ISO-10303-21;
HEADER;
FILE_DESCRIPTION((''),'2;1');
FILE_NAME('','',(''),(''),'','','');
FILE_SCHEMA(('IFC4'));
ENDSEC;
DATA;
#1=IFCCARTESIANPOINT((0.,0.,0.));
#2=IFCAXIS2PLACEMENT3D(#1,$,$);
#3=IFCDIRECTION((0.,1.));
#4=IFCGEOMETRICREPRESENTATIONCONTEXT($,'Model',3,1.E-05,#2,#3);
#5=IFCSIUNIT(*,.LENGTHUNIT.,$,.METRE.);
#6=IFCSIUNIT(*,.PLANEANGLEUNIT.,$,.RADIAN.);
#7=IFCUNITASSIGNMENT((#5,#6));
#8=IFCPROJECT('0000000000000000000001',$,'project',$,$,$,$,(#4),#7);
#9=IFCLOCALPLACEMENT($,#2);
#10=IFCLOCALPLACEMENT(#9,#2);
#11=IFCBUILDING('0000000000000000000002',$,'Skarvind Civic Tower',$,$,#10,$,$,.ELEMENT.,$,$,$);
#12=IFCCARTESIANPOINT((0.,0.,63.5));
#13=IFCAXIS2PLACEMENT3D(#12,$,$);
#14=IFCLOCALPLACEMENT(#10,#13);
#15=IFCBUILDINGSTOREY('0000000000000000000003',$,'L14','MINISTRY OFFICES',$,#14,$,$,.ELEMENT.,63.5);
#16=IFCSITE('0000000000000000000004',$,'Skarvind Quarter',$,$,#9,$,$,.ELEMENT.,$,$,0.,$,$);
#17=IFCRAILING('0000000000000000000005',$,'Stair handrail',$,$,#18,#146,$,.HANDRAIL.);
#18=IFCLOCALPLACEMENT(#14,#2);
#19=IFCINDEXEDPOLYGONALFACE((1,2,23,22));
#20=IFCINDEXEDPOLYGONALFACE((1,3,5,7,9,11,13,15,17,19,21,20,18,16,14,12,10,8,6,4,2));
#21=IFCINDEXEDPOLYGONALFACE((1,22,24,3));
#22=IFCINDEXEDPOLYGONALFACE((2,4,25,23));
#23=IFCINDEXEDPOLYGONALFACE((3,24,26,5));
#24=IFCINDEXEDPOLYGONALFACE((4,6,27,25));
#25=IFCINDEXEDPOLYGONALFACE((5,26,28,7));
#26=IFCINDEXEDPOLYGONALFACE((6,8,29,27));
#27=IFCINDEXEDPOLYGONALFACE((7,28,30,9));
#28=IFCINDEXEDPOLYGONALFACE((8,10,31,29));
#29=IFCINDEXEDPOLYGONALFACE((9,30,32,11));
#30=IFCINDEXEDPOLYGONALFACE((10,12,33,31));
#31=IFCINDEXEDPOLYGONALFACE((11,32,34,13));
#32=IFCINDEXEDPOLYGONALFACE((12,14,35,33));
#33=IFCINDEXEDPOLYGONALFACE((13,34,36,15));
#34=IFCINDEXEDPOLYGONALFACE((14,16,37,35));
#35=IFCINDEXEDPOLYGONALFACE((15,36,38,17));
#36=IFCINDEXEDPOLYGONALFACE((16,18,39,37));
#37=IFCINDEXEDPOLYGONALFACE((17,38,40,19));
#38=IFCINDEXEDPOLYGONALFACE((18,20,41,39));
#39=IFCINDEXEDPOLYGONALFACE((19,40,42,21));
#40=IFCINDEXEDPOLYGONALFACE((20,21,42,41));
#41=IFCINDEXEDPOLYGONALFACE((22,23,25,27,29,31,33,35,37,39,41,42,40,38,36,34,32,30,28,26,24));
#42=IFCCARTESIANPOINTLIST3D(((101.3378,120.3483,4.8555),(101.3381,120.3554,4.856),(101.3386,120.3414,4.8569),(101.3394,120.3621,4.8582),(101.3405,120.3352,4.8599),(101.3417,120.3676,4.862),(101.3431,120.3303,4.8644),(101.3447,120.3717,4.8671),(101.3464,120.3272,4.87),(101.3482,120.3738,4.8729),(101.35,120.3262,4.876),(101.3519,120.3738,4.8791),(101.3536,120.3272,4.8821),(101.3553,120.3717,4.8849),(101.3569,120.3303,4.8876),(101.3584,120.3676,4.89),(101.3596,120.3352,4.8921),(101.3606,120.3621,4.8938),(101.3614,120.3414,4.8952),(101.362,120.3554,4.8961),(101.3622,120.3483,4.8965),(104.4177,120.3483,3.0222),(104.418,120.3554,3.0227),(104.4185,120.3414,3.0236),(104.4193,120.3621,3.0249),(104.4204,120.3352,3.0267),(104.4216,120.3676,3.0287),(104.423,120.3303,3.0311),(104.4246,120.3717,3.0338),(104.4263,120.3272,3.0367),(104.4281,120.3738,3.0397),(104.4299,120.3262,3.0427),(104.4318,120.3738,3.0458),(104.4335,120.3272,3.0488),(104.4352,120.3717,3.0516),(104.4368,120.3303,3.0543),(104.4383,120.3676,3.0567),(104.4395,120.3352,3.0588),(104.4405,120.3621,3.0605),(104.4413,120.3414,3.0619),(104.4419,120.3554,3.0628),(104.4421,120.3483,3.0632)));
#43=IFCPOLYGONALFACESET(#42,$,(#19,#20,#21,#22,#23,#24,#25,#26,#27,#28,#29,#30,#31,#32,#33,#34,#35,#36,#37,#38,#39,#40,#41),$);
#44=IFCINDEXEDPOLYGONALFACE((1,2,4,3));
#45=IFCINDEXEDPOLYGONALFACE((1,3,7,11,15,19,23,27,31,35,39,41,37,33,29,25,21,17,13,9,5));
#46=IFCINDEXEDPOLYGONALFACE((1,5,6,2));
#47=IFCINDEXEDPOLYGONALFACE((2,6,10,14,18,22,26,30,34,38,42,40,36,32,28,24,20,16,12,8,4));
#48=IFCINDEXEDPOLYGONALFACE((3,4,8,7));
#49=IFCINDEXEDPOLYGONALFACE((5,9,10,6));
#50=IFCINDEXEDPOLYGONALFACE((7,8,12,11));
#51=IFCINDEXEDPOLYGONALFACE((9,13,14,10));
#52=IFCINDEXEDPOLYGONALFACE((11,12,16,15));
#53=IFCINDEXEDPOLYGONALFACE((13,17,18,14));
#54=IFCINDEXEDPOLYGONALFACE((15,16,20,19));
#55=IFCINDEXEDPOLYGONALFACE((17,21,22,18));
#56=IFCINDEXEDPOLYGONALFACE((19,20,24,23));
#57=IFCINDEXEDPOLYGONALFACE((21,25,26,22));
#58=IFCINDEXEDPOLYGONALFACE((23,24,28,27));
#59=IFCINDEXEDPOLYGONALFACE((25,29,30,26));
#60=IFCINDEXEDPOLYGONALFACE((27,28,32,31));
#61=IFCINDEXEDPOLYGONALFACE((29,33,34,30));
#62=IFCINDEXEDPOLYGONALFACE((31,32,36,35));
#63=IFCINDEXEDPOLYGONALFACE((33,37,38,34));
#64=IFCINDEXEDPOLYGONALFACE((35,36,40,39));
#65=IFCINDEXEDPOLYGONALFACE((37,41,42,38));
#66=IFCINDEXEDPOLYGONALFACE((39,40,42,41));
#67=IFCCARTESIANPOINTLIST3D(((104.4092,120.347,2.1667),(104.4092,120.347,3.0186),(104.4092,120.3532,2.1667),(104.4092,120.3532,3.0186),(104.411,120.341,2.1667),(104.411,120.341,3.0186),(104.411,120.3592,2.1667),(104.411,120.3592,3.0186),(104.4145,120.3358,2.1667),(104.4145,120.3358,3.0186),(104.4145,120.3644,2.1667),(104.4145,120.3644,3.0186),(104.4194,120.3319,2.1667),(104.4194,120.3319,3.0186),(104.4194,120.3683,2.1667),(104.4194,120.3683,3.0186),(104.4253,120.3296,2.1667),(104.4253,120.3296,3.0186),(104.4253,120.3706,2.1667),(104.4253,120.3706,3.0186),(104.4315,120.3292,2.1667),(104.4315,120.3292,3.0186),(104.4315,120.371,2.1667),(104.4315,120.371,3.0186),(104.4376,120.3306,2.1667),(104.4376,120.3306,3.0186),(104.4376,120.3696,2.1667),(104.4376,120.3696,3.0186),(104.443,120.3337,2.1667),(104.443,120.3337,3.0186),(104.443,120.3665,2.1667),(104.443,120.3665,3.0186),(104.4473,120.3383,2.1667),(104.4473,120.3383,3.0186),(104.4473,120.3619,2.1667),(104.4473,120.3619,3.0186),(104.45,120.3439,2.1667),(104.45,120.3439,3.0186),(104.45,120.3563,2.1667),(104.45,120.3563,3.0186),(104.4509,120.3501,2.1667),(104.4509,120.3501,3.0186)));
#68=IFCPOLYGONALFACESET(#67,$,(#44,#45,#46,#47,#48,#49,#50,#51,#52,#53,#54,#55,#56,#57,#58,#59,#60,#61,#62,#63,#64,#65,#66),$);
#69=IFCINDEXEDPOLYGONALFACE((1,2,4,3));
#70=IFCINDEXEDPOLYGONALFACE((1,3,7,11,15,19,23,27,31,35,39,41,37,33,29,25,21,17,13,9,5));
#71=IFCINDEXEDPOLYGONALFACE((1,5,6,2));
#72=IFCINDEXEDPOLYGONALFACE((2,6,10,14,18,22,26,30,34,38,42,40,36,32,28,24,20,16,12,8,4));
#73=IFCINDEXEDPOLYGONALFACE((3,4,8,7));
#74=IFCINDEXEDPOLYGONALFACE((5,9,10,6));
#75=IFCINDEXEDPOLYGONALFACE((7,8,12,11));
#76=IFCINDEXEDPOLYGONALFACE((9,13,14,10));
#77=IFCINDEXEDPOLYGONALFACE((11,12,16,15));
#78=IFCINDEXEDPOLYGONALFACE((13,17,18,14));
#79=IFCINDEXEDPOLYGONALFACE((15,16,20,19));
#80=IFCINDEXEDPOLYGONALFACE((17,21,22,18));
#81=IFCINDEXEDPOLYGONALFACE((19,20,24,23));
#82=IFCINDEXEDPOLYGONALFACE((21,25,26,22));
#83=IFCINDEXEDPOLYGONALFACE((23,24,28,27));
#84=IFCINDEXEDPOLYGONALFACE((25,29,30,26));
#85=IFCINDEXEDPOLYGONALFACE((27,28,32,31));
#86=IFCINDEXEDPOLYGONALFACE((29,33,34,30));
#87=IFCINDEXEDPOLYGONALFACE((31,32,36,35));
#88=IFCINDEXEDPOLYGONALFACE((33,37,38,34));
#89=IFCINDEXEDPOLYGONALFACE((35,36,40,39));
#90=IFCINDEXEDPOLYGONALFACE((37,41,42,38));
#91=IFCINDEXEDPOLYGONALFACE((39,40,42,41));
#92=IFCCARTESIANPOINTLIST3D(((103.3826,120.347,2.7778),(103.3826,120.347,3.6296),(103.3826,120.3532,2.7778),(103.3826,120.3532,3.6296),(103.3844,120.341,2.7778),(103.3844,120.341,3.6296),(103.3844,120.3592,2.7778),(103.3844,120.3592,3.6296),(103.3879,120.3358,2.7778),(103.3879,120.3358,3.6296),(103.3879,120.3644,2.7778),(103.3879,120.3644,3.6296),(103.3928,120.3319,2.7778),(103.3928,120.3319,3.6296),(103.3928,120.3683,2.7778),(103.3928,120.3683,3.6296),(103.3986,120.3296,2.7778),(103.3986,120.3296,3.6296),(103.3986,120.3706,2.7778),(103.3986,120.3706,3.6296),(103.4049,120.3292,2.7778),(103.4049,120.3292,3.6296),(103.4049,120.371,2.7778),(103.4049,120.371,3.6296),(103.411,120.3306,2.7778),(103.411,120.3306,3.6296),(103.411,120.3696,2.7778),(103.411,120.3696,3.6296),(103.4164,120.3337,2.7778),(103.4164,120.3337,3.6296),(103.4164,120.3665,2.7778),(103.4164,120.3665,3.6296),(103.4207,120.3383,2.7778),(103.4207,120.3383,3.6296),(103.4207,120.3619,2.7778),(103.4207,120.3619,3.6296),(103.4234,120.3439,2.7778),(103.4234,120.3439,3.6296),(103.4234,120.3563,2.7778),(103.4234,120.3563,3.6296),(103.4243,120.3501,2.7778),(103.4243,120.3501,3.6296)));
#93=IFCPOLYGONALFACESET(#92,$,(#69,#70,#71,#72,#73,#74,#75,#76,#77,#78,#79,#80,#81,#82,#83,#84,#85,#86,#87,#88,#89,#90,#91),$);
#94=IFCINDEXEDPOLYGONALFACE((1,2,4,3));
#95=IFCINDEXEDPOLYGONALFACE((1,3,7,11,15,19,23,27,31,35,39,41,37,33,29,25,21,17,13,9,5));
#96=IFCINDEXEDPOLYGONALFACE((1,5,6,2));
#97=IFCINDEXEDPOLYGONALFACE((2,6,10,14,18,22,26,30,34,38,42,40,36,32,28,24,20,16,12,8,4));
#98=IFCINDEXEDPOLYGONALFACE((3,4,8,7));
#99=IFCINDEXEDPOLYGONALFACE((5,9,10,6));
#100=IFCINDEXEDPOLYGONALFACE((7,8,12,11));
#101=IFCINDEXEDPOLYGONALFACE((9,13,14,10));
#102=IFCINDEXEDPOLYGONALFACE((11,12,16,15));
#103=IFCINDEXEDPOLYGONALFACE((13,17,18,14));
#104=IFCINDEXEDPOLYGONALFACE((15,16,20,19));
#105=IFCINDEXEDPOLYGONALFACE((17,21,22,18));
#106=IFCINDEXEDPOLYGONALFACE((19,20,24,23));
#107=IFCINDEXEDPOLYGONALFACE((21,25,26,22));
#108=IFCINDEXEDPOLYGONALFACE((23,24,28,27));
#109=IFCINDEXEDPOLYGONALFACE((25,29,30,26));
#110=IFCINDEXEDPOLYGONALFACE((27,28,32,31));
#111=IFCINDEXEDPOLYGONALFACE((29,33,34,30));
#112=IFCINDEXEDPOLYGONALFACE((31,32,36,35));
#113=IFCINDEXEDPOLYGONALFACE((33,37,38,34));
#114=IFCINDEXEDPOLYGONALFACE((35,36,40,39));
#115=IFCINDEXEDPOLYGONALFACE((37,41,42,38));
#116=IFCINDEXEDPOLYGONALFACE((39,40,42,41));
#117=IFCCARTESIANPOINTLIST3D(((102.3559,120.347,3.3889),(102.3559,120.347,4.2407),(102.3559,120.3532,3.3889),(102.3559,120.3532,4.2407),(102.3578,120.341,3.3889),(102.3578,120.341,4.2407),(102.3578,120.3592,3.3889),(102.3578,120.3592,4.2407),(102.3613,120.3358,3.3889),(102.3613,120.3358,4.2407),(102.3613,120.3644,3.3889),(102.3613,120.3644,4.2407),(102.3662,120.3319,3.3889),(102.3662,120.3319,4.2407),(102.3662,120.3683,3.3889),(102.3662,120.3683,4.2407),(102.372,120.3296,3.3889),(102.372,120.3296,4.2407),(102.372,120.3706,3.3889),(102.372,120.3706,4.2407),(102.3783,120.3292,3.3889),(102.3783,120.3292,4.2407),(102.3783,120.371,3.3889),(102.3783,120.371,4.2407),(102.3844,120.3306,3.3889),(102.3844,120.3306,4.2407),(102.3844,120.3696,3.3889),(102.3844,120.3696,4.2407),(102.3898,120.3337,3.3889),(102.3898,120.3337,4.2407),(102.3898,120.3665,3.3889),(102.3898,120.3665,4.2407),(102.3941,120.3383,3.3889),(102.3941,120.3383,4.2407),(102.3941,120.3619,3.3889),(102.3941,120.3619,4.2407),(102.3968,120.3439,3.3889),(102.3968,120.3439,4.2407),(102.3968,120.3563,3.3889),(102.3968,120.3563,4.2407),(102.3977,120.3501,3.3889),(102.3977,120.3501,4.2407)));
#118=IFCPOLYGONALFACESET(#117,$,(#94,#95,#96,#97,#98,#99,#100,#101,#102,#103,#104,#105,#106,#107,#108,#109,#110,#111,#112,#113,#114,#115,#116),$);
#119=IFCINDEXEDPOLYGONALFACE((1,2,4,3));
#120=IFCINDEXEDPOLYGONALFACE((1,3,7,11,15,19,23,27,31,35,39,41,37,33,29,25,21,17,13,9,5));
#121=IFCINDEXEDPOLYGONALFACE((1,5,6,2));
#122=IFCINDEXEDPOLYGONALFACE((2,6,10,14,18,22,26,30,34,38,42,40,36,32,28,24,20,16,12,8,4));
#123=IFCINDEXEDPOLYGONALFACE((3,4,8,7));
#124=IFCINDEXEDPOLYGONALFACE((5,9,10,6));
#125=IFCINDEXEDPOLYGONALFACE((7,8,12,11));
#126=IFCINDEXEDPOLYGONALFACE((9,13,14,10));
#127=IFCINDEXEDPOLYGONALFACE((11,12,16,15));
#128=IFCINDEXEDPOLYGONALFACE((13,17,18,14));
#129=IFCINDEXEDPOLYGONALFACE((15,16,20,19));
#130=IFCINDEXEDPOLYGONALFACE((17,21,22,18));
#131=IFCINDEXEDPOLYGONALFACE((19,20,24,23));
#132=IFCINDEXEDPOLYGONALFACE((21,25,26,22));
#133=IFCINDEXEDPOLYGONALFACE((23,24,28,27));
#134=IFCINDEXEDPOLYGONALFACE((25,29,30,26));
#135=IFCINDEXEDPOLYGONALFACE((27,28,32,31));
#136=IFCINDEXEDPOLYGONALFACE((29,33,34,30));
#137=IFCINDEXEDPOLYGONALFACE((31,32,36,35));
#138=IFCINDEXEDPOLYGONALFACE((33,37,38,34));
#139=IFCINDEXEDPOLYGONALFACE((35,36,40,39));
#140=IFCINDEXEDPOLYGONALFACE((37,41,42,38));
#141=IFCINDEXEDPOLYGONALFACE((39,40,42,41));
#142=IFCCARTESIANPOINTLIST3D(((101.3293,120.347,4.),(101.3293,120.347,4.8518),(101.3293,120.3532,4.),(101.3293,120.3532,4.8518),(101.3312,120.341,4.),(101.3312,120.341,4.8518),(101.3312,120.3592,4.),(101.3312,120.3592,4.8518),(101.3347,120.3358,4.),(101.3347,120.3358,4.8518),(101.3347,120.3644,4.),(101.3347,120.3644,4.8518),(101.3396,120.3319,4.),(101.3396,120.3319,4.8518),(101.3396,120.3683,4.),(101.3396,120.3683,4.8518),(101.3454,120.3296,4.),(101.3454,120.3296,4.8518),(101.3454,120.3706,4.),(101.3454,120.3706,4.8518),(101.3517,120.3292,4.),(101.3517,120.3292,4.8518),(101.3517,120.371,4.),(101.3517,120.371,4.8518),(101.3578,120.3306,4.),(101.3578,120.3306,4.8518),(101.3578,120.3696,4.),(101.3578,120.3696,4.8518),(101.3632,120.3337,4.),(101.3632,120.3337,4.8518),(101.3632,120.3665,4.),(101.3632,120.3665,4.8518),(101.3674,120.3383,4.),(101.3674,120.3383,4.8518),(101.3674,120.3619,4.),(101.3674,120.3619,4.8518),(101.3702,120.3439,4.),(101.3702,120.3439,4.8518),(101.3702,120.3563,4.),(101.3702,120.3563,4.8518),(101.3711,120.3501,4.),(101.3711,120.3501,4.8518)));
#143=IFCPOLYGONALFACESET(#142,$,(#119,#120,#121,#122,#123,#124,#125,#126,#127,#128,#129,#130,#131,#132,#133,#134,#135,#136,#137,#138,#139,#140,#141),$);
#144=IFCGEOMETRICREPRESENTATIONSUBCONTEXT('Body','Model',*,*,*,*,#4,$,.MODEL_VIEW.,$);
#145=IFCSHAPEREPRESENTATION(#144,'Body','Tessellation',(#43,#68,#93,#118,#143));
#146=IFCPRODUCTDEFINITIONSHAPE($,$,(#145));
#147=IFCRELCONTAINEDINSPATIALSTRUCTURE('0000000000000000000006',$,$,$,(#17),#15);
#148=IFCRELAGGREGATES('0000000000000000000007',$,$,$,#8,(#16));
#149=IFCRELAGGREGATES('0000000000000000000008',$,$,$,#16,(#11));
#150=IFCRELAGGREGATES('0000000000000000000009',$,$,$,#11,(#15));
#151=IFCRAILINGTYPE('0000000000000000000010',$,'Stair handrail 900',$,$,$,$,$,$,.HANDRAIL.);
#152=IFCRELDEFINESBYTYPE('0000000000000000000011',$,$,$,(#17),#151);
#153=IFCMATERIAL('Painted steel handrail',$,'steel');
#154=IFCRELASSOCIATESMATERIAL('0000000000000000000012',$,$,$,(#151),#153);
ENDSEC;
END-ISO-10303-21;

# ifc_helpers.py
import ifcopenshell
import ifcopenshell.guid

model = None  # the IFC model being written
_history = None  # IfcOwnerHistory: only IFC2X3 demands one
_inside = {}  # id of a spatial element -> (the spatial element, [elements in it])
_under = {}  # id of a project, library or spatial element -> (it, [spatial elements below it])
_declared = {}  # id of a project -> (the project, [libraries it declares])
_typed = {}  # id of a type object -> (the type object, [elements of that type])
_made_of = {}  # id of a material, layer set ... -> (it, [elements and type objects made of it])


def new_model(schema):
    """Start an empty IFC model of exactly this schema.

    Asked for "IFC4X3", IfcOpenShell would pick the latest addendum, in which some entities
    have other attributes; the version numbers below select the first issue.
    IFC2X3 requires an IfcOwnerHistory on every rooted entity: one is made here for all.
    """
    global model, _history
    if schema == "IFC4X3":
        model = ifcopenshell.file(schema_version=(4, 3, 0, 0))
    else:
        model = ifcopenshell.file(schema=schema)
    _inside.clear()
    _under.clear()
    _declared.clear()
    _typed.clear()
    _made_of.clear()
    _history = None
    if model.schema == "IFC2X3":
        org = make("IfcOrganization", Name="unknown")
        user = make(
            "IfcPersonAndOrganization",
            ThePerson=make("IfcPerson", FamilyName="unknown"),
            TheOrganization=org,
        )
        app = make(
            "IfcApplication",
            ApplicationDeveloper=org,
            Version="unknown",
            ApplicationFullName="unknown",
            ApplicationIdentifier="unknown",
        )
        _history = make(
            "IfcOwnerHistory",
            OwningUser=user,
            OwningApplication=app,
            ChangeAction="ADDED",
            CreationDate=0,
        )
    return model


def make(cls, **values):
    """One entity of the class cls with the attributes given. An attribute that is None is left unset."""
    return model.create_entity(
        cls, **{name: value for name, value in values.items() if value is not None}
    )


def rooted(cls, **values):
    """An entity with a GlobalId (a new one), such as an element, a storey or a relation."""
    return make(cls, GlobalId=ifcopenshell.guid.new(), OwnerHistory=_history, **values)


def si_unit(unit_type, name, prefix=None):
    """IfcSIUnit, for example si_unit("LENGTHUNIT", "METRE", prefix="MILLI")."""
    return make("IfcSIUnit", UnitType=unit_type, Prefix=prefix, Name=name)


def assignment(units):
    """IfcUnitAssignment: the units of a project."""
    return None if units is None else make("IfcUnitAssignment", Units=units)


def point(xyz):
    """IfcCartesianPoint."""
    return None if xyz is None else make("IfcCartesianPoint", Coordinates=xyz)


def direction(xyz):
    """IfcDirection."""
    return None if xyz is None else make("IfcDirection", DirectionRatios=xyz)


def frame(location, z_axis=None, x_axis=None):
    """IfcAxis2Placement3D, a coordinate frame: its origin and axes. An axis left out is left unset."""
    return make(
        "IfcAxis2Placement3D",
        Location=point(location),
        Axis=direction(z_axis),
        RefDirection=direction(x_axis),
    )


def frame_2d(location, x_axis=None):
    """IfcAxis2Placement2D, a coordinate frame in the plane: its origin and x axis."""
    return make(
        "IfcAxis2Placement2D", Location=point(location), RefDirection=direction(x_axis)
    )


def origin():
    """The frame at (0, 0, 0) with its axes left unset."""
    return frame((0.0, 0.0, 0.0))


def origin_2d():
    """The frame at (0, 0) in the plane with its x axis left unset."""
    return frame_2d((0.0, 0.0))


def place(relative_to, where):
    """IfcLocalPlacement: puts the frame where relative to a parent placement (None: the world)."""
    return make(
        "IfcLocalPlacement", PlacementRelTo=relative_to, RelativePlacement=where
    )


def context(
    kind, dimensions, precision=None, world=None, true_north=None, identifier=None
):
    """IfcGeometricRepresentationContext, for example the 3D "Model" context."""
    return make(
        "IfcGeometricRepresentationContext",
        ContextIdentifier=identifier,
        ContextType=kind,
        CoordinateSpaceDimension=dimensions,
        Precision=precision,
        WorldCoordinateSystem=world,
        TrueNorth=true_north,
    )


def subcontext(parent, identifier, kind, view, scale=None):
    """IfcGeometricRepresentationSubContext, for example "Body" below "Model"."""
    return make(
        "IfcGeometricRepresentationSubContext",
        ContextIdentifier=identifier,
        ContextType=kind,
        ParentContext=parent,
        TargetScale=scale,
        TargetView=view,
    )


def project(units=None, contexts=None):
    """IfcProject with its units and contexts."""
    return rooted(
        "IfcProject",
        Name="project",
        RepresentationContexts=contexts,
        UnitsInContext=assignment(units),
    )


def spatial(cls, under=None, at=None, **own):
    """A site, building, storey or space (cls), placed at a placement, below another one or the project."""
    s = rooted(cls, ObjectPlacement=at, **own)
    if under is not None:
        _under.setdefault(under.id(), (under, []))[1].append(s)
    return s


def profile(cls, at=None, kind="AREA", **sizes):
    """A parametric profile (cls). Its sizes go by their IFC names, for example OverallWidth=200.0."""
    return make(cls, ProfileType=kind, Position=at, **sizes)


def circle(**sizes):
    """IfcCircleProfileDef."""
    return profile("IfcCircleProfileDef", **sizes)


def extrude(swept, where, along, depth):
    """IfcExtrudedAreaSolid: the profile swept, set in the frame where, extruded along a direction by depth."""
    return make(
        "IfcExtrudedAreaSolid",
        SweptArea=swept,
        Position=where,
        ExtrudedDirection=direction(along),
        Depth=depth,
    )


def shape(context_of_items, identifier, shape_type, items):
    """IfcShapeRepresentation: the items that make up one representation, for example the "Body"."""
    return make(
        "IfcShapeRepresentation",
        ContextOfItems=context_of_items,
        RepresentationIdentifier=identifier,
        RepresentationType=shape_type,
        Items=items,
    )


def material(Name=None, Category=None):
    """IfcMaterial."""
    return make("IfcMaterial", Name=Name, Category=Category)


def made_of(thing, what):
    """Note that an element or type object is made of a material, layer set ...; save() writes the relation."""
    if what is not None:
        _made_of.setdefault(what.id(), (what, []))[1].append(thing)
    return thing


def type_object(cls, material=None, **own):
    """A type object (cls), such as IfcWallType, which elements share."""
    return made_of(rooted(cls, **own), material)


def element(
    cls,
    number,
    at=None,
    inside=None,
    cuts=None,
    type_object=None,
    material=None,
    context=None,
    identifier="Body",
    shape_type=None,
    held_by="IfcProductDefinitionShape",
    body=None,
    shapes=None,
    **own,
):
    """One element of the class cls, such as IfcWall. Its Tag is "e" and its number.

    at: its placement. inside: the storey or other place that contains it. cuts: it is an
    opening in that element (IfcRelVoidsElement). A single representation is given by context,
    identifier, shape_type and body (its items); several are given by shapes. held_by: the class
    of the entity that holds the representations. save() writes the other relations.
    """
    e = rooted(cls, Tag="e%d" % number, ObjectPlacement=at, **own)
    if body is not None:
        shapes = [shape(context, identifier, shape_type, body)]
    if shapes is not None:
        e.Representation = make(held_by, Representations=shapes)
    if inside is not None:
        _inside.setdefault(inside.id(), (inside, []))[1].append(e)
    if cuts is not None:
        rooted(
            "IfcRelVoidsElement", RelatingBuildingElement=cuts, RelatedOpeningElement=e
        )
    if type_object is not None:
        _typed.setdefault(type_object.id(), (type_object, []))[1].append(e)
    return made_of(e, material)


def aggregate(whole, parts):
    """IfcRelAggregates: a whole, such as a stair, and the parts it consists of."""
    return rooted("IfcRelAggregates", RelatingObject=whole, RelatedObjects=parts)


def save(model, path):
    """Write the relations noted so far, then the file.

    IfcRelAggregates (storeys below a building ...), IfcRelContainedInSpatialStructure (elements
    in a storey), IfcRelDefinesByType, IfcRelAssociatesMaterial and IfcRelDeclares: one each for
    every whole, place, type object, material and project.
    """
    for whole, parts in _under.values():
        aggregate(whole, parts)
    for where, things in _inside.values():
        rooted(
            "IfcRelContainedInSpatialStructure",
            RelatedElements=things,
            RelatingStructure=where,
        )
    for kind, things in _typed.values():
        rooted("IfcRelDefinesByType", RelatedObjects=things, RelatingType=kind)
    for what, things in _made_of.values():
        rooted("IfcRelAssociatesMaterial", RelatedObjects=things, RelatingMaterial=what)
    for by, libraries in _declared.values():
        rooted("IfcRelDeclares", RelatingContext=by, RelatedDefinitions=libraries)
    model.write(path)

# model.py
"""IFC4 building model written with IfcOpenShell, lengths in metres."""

from ifc_helpers import new_model, si_unit, direction, frame, origin, origin_2d, place, context, subcontext, project, spatial, circle, extrude, material, type_object, element, save


model = new_model("IFC4")

# Units and contexts
model_context = context("Model", 3, precision=1e-05, world=origin(), true_north=direction((0.0, 1.0)))
body_context = subcontext(model_context, "Body", "Model", "MODEL_VIEW")
ifc_project = project(units=[si_unit("LENGTHUNIT", "METRE"), si_unit("PLANEANGLEUNIT", "RADIAN")], contexts=[model_context])

# Site, building, storey
site_placement = place(None, origin())
site = spatial("IfcSite", under=ifc_project, at=site_placement, Name="Skarvind Quarter", CompositionType="ELEMENT", RefElevation=0.0)
building_placement = place(site_placement, origin())
building = spatial("IfcBuilding", under=site, at=building_placement, Name="Skarvind Civic Tower", CompositionType="ELEMENT")
storey_placement = place(building_placement, frame((0.0, 0.0, 63.5)))
storey = spatial("IfcBuildingStorey", under=building, at=storey_placement, Name="L14", Description="MINISTRY OFFICES", CompositionType="ELEMENT", Elevation=63.5)

# Railing
ifc_material_1 = material(Name="Painted steel handrail", Category="steel")
railing_type = type_object("IfcRailingType", Name="Stair handrail 900", PredefinedType="HANDRAIL", material=ifc_material_1)
railing_1_placement = place(storey_placement, frame((104.4299, 120.3501, 2.1667)))
element("IfcRailing", 1, at=railing_1_placement, inside=storey, type_object=railing_type, Name="Stair handrail", PredefinedType="HANDRAIL", context=body_context, shape_type="SweptSolid", body=[
    extrude(circle(Radius=0.0239, at=origin_2d()), frame((0.0, 0.0, 0.876), z_axis=(-0.859291, 0.0, 0.511487), x_axis=(0.0, -1.0, 0.0)), (0.0, 0.0, 1.0), 3.5842),
    extrude(circle(Radius=0.021, at=origin_2d()), origin(), (0.0, 0.0, 1.0), 0.8518),
    extrude(circle(Radius=0.021, at=origin_2d()), frame((-1.0266, 0.0, 0.6111)), (0.0, 0.0, 1.0), 0.8518),
    extrude(circle(Radius=0.021, at=origin_2d()), frame((-2.0532, 0.0, 1.2222)), (0.0, 0.0, 1.0), 0.8518),
    extrude(circle(Radius=0.021, at=origin_2d()), frame((-3.0798, 0.0, 1.8333)), (0.0, 0.0, 1.0), 0.8518),
])

save(model, "model.ifc")
